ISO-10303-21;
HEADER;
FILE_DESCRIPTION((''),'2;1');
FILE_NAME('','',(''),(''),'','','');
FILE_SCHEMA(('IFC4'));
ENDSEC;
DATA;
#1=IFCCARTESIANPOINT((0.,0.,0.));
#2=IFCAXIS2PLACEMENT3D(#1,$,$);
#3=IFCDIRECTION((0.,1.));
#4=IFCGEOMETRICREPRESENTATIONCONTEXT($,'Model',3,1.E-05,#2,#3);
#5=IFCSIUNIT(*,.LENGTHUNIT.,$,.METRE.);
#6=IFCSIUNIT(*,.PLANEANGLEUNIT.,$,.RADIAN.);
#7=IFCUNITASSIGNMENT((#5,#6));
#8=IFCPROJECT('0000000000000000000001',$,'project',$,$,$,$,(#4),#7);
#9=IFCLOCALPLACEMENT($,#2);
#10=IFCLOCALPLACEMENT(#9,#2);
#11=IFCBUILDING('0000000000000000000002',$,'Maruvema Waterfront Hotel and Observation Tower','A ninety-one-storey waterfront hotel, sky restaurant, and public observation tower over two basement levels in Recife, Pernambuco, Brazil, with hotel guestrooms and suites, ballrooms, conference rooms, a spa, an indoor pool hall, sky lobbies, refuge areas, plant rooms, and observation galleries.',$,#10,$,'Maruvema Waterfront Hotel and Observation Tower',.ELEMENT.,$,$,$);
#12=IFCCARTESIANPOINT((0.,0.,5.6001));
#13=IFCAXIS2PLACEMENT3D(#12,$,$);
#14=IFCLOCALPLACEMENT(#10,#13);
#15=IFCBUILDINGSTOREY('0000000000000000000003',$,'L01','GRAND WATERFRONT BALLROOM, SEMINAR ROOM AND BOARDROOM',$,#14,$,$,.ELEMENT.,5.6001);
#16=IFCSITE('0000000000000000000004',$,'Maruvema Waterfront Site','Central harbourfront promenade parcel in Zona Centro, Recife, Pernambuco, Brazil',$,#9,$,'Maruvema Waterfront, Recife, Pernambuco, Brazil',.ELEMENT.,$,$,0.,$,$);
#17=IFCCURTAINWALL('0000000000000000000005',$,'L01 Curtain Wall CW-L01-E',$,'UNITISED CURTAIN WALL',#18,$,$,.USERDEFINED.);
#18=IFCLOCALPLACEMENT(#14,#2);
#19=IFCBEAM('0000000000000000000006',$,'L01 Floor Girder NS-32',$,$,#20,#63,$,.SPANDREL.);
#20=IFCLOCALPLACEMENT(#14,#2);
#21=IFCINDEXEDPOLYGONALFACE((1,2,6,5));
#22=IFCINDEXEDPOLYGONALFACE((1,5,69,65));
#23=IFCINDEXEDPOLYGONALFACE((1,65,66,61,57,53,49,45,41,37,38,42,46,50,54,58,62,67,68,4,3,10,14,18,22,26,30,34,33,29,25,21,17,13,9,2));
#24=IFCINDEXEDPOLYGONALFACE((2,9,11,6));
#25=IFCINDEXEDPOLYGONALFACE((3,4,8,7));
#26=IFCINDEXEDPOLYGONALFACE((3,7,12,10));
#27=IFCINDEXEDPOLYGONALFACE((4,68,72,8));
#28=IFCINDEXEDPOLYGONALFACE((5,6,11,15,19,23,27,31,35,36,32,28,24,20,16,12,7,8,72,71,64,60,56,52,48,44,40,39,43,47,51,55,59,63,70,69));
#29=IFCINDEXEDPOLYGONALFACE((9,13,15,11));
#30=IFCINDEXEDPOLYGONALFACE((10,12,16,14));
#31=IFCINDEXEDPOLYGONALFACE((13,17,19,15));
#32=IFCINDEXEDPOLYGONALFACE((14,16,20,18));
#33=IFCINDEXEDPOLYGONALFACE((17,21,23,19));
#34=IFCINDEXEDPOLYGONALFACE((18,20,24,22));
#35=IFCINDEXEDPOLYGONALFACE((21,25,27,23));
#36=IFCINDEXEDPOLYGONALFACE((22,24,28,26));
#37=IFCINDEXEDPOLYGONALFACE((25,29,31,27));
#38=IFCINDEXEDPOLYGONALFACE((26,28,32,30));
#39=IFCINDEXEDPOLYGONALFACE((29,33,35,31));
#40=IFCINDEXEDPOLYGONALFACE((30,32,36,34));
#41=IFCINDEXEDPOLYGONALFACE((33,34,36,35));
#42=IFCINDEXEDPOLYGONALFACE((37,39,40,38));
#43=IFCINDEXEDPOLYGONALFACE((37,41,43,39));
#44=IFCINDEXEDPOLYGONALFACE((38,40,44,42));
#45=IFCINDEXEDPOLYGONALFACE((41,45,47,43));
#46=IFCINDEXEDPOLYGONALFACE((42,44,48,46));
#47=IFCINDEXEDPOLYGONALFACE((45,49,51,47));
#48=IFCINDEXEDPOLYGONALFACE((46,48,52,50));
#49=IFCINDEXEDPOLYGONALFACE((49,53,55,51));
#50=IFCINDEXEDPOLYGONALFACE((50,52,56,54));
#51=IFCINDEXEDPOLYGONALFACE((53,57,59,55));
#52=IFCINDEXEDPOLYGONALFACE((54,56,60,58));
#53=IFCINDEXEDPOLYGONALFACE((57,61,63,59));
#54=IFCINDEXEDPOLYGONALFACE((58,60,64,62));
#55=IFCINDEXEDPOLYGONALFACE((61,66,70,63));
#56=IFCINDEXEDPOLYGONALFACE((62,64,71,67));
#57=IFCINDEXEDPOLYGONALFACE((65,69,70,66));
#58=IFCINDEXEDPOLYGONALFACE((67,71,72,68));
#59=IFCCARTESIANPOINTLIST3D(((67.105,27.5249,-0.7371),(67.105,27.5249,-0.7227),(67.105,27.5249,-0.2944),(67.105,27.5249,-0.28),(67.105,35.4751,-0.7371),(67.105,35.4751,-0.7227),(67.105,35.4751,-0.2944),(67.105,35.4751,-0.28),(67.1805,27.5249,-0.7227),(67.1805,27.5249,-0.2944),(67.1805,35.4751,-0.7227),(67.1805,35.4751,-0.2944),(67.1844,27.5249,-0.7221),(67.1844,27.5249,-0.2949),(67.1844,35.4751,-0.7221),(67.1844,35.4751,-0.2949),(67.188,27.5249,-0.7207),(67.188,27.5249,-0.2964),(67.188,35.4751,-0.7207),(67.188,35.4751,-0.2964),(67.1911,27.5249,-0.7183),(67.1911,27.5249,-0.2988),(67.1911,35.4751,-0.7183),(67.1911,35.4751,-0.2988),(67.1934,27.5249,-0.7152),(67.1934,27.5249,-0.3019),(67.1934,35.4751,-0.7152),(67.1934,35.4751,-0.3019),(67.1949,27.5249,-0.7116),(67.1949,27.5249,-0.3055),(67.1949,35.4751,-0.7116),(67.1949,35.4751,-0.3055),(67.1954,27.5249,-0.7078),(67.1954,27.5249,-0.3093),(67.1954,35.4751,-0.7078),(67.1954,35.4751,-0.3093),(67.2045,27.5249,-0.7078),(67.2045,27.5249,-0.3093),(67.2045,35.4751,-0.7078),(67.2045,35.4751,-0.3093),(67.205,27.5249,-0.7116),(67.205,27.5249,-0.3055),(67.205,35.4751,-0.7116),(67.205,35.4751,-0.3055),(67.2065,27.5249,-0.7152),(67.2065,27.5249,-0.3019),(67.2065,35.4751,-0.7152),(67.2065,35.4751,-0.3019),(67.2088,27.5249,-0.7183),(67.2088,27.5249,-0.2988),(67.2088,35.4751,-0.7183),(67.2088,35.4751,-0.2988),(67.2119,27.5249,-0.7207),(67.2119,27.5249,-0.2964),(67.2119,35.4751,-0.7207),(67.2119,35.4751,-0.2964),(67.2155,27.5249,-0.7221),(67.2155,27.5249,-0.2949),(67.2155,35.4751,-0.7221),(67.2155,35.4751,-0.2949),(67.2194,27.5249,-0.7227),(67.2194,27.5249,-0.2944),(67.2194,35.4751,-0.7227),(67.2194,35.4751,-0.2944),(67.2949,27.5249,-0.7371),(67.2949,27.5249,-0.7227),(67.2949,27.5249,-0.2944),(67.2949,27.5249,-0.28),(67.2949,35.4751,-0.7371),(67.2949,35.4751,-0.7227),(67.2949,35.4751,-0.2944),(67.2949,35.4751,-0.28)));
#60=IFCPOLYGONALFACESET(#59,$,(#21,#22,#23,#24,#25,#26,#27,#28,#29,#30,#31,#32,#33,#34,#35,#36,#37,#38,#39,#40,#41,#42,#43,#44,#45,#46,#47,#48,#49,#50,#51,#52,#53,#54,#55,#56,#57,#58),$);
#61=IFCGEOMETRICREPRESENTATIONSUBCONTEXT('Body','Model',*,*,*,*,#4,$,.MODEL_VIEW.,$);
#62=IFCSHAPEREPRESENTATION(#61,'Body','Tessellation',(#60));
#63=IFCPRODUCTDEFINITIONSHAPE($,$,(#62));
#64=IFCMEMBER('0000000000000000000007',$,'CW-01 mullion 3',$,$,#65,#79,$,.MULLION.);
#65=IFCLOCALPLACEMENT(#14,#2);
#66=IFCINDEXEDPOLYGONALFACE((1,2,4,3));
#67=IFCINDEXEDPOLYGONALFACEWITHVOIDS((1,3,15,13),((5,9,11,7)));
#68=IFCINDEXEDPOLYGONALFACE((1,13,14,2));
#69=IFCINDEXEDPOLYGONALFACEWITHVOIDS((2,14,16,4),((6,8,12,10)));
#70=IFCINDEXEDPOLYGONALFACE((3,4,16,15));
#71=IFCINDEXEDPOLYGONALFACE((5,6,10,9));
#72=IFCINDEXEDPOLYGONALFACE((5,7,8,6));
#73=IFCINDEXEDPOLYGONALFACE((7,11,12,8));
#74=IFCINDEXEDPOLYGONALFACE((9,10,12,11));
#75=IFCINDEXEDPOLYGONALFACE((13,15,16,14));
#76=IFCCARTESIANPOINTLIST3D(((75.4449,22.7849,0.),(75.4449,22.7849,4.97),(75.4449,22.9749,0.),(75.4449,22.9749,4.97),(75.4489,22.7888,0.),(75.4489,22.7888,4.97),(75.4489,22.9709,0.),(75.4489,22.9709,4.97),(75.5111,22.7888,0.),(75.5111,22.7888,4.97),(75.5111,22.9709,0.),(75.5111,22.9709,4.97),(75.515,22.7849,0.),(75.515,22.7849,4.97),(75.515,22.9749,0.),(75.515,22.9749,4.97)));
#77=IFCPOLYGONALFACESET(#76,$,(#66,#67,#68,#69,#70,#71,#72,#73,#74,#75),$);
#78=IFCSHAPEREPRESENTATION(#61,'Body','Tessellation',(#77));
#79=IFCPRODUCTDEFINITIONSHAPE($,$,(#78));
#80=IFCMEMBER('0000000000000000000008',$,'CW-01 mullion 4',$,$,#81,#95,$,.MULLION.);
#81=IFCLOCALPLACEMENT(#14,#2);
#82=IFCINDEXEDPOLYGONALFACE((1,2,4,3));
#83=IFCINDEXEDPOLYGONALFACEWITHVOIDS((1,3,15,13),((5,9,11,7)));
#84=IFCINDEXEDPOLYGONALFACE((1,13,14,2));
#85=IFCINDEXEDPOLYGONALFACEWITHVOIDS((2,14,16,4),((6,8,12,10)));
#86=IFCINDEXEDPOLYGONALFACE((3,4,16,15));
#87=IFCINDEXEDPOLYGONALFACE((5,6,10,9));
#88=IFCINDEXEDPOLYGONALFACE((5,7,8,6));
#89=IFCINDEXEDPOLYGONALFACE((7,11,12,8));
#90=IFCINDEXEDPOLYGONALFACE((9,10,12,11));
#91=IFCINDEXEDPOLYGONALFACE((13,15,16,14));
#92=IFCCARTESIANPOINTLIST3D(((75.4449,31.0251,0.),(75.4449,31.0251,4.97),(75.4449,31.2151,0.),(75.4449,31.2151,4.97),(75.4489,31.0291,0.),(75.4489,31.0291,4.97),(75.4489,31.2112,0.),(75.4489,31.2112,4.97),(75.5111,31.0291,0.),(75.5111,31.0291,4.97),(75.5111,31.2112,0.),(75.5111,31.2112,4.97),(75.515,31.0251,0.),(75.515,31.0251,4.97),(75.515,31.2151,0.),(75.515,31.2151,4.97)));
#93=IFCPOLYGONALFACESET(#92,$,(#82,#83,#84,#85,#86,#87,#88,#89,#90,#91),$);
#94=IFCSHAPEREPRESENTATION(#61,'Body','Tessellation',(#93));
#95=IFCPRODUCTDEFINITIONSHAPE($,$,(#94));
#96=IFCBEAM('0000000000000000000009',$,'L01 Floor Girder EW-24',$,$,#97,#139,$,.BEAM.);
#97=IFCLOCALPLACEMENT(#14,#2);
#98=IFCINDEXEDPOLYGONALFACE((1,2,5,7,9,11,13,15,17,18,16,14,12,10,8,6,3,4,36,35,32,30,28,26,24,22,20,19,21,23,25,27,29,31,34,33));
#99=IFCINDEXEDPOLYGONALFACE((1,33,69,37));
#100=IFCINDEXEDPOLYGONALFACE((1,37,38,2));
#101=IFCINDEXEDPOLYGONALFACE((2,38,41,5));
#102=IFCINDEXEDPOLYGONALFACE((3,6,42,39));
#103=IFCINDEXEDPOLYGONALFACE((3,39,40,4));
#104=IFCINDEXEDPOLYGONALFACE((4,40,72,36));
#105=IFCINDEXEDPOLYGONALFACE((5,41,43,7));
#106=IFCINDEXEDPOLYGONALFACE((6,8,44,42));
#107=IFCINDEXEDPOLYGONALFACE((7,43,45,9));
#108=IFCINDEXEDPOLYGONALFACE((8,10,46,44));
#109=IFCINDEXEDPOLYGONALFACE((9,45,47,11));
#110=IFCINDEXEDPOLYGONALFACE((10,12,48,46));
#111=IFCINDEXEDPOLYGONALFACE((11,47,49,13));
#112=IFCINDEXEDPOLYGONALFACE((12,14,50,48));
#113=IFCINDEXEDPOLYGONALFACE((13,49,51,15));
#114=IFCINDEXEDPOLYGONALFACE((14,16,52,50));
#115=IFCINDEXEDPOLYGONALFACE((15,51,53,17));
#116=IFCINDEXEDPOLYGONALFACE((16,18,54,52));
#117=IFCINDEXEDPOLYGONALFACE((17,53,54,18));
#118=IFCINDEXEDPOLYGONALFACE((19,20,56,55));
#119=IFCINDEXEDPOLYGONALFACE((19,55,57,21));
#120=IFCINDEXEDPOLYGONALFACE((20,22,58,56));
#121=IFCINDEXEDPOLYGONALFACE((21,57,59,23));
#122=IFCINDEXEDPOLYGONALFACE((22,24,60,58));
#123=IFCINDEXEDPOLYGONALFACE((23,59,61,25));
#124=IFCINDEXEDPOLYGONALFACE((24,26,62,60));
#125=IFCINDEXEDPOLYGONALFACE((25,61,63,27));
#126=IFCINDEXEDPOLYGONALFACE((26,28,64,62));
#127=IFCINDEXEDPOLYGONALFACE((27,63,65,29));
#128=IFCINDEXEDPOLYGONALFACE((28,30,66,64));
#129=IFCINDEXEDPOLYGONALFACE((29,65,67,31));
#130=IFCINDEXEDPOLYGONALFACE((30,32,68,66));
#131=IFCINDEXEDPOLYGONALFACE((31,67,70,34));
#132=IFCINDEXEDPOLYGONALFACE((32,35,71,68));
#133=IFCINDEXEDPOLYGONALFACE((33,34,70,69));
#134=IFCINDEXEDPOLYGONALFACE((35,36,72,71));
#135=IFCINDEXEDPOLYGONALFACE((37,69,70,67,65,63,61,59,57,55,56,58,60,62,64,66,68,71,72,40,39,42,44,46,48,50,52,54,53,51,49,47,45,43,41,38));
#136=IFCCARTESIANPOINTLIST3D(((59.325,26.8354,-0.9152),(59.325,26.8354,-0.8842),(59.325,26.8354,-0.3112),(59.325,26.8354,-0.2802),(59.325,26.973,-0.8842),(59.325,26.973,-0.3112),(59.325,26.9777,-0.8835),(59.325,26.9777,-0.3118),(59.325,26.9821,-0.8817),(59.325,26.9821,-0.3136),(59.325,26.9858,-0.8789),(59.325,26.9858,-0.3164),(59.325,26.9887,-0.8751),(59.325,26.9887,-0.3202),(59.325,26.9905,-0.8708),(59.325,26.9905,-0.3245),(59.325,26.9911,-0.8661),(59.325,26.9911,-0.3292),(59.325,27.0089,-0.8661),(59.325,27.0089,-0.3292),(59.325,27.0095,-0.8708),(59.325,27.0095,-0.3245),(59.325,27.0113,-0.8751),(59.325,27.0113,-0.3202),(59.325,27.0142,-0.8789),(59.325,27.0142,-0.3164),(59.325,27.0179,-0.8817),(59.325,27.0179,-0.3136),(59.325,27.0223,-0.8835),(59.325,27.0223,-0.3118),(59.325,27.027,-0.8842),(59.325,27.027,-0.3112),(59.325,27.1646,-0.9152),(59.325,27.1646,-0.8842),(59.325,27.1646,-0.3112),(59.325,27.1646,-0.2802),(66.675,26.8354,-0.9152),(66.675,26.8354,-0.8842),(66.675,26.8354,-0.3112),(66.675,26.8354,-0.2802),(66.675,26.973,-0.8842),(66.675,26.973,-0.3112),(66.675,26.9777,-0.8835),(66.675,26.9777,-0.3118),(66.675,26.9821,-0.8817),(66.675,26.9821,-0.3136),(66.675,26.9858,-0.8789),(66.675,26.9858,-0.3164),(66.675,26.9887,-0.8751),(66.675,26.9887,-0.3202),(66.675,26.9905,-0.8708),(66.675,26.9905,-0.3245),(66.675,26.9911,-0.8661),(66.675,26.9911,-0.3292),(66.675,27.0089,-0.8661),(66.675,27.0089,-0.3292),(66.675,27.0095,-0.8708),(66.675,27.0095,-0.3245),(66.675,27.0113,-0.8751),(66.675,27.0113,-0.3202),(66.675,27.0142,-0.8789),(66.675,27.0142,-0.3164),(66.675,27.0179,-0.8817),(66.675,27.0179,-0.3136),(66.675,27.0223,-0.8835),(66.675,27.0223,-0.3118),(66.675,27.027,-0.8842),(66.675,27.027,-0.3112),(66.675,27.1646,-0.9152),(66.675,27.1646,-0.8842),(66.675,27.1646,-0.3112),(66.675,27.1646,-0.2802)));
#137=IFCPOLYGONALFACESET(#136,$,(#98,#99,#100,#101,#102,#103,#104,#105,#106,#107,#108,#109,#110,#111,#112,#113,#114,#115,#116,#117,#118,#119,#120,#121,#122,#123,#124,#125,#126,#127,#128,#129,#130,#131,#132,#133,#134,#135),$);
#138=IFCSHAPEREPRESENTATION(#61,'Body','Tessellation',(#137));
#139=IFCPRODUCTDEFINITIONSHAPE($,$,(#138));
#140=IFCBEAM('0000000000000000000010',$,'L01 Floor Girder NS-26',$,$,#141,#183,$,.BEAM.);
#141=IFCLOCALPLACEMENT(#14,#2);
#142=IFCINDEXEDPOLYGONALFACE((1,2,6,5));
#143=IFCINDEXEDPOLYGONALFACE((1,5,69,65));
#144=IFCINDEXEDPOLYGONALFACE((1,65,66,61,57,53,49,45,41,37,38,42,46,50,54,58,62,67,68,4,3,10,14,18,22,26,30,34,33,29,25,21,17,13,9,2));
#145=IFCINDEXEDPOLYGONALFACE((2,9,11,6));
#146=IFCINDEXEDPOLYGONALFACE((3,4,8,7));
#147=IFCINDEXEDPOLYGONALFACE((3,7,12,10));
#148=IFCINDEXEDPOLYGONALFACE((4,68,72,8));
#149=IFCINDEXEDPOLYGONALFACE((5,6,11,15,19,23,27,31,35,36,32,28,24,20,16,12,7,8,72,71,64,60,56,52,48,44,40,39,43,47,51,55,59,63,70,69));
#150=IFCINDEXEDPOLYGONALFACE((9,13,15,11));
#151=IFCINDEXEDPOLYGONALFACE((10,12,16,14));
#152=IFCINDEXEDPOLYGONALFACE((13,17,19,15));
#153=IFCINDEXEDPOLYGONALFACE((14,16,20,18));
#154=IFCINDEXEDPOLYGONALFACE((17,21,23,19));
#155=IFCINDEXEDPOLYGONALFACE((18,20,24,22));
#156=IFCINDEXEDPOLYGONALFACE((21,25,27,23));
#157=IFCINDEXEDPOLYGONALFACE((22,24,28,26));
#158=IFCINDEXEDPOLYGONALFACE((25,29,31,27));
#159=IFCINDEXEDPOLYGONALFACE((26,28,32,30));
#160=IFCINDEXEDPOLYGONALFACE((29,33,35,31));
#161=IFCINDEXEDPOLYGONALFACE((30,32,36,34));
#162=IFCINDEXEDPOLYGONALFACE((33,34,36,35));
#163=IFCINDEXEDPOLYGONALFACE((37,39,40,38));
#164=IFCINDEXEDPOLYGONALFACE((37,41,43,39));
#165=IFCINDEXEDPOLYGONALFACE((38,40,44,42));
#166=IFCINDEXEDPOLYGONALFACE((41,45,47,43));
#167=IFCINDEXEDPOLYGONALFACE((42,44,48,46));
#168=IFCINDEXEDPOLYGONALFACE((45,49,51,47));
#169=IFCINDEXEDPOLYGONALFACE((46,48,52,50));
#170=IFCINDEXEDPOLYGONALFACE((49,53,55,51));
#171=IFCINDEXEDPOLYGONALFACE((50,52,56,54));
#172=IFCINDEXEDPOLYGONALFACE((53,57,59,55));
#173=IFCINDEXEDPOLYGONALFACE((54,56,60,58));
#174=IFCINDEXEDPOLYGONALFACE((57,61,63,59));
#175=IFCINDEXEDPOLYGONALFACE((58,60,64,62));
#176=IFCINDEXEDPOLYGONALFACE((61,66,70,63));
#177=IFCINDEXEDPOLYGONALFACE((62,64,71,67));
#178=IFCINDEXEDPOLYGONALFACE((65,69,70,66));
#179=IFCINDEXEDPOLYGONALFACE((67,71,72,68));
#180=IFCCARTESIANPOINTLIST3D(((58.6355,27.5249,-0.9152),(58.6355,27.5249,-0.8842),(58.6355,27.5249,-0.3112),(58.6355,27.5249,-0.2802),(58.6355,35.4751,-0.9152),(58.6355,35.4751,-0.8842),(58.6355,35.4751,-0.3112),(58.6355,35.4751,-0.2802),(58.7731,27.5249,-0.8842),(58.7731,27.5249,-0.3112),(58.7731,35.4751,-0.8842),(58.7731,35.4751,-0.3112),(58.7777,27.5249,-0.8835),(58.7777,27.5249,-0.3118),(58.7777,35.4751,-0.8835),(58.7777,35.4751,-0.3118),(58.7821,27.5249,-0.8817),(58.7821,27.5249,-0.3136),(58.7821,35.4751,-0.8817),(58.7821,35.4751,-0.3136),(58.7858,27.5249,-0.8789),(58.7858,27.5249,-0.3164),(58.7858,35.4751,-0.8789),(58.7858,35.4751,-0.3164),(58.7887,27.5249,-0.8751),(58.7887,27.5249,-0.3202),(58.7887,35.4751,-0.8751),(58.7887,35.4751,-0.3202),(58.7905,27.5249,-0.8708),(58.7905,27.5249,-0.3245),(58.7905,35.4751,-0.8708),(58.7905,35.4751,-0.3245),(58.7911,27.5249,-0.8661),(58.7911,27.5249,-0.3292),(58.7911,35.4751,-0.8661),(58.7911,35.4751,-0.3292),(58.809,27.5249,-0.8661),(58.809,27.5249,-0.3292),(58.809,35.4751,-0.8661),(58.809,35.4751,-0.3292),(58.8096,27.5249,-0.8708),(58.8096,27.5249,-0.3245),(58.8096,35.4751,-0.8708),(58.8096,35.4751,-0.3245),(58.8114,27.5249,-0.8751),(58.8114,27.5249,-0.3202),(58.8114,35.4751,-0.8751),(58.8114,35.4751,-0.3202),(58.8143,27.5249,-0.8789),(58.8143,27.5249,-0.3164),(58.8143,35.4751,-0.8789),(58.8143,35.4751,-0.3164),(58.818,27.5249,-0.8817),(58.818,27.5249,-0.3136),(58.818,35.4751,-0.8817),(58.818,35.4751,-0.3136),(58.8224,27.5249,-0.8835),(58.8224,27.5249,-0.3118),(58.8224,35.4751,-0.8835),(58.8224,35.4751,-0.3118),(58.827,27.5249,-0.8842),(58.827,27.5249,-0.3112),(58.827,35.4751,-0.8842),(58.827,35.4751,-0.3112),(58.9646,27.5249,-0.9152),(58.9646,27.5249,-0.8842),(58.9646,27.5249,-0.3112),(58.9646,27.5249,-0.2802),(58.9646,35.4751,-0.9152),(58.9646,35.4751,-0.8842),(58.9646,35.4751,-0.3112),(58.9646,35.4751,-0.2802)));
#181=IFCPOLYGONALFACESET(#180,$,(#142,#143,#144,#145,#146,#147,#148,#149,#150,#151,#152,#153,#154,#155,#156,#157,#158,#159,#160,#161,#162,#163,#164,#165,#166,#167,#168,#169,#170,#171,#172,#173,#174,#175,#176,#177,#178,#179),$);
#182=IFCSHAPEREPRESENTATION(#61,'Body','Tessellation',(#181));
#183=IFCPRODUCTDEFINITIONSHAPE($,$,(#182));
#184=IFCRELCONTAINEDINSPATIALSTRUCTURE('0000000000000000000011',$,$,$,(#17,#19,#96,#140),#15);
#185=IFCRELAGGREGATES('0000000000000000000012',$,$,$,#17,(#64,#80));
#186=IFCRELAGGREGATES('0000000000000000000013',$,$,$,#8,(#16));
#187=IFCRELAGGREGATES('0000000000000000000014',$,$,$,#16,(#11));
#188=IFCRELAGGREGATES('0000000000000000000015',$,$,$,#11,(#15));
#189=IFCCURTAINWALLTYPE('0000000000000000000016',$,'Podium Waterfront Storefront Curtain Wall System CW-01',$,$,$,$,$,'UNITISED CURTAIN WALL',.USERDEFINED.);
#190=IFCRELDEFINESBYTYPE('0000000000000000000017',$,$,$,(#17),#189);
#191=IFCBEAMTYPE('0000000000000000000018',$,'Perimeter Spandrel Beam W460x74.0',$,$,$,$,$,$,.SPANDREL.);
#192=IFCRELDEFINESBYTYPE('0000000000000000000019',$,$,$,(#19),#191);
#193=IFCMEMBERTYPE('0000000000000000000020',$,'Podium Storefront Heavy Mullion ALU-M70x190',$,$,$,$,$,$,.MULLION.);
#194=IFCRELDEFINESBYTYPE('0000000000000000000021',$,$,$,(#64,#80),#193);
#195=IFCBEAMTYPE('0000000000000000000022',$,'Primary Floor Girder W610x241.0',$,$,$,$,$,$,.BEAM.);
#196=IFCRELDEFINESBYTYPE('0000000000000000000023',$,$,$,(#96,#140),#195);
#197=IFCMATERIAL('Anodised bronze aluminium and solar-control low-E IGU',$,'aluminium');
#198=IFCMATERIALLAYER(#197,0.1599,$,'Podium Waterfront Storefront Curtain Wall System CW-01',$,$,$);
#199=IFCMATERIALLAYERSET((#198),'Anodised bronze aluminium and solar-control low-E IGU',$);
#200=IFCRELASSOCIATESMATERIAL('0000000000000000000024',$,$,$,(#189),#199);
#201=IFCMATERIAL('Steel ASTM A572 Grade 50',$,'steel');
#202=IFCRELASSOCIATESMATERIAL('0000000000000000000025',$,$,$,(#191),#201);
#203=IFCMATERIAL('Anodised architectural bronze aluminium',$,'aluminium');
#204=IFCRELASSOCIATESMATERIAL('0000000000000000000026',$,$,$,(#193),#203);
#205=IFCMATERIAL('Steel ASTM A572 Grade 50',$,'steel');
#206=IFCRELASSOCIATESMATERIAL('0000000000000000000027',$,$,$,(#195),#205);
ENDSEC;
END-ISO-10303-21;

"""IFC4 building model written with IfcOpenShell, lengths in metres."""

from ifc_helpers import new_model, si_unit, direction, frame, origin, origin_2d, place, context, subcontext, project, spatial, hollow_rectangle, i_section, extrude, material, layer, layer_set, material_profile, profile_set, type_object, element, aggregate, save


model = new_model("IFC4")

# Units and contexts
model_context = context("Model", 3, precision=1e-05, world=origin(), true_north=direction((0.0, 1.0)))
body_context = subcontext(model_context, "Body", "Model", "MODEL_VIEW")
ifc_project = project(units=[si_unit("LENGTHUNIT", "METRE"), si_unit("PLANEANGLEUNIT", "RADIAN")], contexts=[model_context])

# Site, building, storey
site_placement = place(None, origin())
site = spatial("IfcSite", under=ifc_project, at=site_placement, Name="Maruvema Waterfront Site", Description="Central harbourfront promenade parcel in Zona Centro, Recife, Pernambuco, Brazil", LongName="Maruvema Waterfront, Recife, Pernambuco, Brazil", CompositionType="ELEMENT", RefElevation=0.0)
building_placement = place(site_placement, origin())
building = spatial("IfcBuilding", under=site, at=building_placement, Name="Maruvema Waterfront Hotel and Observation Tower", Description="A ninety-one-storey waterfront hotel, sky restaurant, and public observation tower over two basement levels in Recife, Pernambuco, Brazil, with hotel guestrooms and suites, ballrooms, conference rooms, a spa, an indoor pool hall, sky lobbies, refuge areas, plant rooms, and observation galleries.", LongName="Maruvema Waterfront Hotel and Observation Tower", CompositionType="ELEMENT")
storey_placement = place(building_placement, frame((0.0, 0.0, 5.6001)))
storey = spatial("IfcBuildingStorey", under=building, at=storey_placement, Name="L01", Description="GRAND WATERFRONT BALLROOM, SEMINAR ROOM AND BOARDROOM", CompositionType="ELEMENT", Elevation=5.6001)

# Curtain wall
ifc_material_1 = material(Name="Anodised bronze aluminium and solar-control low-E IGU", Category="aluminium")
ifc_layer_1 = layer(ifc_material_1, 0.1599, Name="Podium Waterfront Storefront Curtain Wall System CW-01")
ifc_layer_set_1 = layer_set([ifc_layer_1], Name="Anodised bronze aluminium and solar-control low-E IGU")
curtain_wall_type = type_object("IfcCurtainWallType", Name="Podium Waterfront Storefront Curtain Wall System CW-01", ElementType="UNITISED CURTAIN WALL", PredefinedType="USERDEFINED", material=ifc_layer_set_1)
curtain_wall_placement = place(storey_placement, origin())
curtain_wall = element("IfcCurtainWall", 1, at=curtain_wall_placement, inside=storey, type_object=curtain_wall_type, Name="L01 Curtain Wall CW-L01-E", ObjectType="UNITISED CURTAIN WALL", PredefinedType="USERDEFINED")

# Beam
ifc_material_2 = material(Name="Steel ASTM A572 Grade 50", Category="steel")
ifc_material_profile_1 = material_profile(ifc_material_2, i_section(OverallWidth=0.1899, OverallDepth=0.457, WebThickness=0.009, FlangeThickness=0.0144, FilletRadius=0.0149, at=origin_2d()), Name="W460x74.0")
ifc_profile_set_1 = profile_set([ifc_material_profile_1], Name="Steel ASTM A572 Grade 50")
beam_type_1 = type_object("IfcBeamType", Name="Perimeter Spandrel Beam W460x74.0", PredefinedType="SPANDREL", material=ifc_profile_set_1)
for number, where, z_axis, x_axis, name in (
    (2, (67.2, 27.5249, -0.5085), (0.0, 1.0, 0.0), (-1.0, 0.0, 0.0), "L01 Floor Girder NS-32"),
):
    element("IfcBeam", number, at=place(storey_placement, frame(where, z_axis=z_axis, x_axis=x_axis)), inside=storey, type_object=beam_type_1, Name=name, PredefinedType="SPANDREL", context=body_context, shape_type="SweptSolid", body=[
        extrude(i_section(OverallWidth=0.1899, OverallDepth=0.457, WebThickness=0.009, FlangeThickness=0.0144, FilletRadius=0.0149, at=origin_2d()), origin(), (0.0, 0.0, 1.0), 7.9502),
    ])

# Members
ifc_material_3 = material(Name="Anodised architectural bronze aluminium", Category="aluminium")
ifc_material_profile_2 = material_profile(ifc_material_3, hollow_rectangle(XDim=0.0701, YDim=0.1899, WallThickness=0.0039, at=origin_2d()), Name="ALU-M70x190")
ifc_profile_set_2 = profile_set([ifc_material_profile_2], Name="Anodised architectural bronze aluminium")
member_type_1 = type_object("IfcMemberType", Name="Podium Storefront Heavy Mullion ALU-M70x190", PredefinedType="MULLION", material=ifc_profile_set_2)
member_1_placement = place(storey_placement, frame((75.48, 22.8799, 0.0), z_axis=(0.0, 0.0, 1.0), x_axis=(-1.0, 0.0, 0.0)))
member_1 = element("IfcMember", 3, at=member_1_placement, type_object=member_type_1, Name="CW-01 mullion 3", PredefinedType="MULLION", context=body_context, shape_type="SweptSolid", body=[
    extrude(hollow_rectangle(XDim=0.0701, YDim=0.1899, WallThickness=0.0039, at=origin_2d()), origin(), (0.0, 0.0, 1.0), 4.97),
])
member_2_placement = place(storey_placement, frame((75.48, 31.1201, 0.0), z_axis=(0.0, 0.0, 1.0), x_axis=(-1.0, 0.0, 0.0)))
member_2 = element("IfcMember", 4, at=member_2_placement, type_object=member_type_1, Name="CW-01 mullion 4", PredefinedType="MULLION", context=body_context, shape_type="SweptSolid", body=[
    extrude(hollow_rectangle(XDim=0.0701, YDim=0.1899, WallThickness=0.0039, at=origin_2d()), origin(), (0.0, 0.0, 1.0), 4.97),
])

# Beams
ifc_material_4 = material(Name="Steel ASTM A572 Grade 50", Category="steel")
ifc_material_profile_3 = material_profile(ifc_material_4, i_section(OverallWidth=0.3291, OverallDepth=0.635, WebThickness=0.0178, FlangeThickness=0.031, FilletRadius=0.0181, at=origin_2d()), Name="W610x241.0")
ifc_profile_set_3 = profile_set([ifc_material_profile_3], Name="Steel ASTM A572 Grade 50")
beam_type_2 = type_object("IfcBeamType", Name="Primary Floor Girder W610x241.0", PredefinedType="BEAM", material=ifc_profile_set_3)
beam_1_placement = place(storey_placement, frame((59.325, 27.0, -0.5977), z_axis=(1.0, 0.0, 0.0), x_axis=(0.0, 1.0, 0.0)))
element("IfcBeam", 5, at=beam_1_placement, inside=storey, type_object=beam_type_2, Name="L01 Floor Girder EW-24", PredefinedType="BEAM", context=body_context, shape_type="SweptSolid", body=[
    extrude(i_section(OverallWidth=0.3291, OverallDepth=0.635, WebThickness=0.0178, FlangeThickness=0.031, FilletRadius=0.0181, at=origin_2d()), origin(), (0.0, 0.0, 1.0), 7.3501),
])
beam_2_placement = place(storey_placement, frame((58.8, 27.5249, -0.5977), z_axis=(0.0, 1.0, 0.0), x_axis=(-1.0, 0.0, 0.0)))
element("IfcBeam", 6, at=beam_2_placement, inside=storey, type_object=beam_type_2, Name="L01 Floor Girder NS-26", PredefinedType="BEAM", context=body_context, shape_type="SweptSolid", body=[
    extrude(i_section(OverallWidth=0.3291, OverallDepth=0.635, WebThickness=0.0178, FlangeThickness=0.031, FilletRadius=0.0181, at=origin_2d()), origin(), (0.0, 0.0, 1.0), 7.9502),
])

aggregate(curtain_wall, [member_1, member_2])

save(model, "model.ifc")
